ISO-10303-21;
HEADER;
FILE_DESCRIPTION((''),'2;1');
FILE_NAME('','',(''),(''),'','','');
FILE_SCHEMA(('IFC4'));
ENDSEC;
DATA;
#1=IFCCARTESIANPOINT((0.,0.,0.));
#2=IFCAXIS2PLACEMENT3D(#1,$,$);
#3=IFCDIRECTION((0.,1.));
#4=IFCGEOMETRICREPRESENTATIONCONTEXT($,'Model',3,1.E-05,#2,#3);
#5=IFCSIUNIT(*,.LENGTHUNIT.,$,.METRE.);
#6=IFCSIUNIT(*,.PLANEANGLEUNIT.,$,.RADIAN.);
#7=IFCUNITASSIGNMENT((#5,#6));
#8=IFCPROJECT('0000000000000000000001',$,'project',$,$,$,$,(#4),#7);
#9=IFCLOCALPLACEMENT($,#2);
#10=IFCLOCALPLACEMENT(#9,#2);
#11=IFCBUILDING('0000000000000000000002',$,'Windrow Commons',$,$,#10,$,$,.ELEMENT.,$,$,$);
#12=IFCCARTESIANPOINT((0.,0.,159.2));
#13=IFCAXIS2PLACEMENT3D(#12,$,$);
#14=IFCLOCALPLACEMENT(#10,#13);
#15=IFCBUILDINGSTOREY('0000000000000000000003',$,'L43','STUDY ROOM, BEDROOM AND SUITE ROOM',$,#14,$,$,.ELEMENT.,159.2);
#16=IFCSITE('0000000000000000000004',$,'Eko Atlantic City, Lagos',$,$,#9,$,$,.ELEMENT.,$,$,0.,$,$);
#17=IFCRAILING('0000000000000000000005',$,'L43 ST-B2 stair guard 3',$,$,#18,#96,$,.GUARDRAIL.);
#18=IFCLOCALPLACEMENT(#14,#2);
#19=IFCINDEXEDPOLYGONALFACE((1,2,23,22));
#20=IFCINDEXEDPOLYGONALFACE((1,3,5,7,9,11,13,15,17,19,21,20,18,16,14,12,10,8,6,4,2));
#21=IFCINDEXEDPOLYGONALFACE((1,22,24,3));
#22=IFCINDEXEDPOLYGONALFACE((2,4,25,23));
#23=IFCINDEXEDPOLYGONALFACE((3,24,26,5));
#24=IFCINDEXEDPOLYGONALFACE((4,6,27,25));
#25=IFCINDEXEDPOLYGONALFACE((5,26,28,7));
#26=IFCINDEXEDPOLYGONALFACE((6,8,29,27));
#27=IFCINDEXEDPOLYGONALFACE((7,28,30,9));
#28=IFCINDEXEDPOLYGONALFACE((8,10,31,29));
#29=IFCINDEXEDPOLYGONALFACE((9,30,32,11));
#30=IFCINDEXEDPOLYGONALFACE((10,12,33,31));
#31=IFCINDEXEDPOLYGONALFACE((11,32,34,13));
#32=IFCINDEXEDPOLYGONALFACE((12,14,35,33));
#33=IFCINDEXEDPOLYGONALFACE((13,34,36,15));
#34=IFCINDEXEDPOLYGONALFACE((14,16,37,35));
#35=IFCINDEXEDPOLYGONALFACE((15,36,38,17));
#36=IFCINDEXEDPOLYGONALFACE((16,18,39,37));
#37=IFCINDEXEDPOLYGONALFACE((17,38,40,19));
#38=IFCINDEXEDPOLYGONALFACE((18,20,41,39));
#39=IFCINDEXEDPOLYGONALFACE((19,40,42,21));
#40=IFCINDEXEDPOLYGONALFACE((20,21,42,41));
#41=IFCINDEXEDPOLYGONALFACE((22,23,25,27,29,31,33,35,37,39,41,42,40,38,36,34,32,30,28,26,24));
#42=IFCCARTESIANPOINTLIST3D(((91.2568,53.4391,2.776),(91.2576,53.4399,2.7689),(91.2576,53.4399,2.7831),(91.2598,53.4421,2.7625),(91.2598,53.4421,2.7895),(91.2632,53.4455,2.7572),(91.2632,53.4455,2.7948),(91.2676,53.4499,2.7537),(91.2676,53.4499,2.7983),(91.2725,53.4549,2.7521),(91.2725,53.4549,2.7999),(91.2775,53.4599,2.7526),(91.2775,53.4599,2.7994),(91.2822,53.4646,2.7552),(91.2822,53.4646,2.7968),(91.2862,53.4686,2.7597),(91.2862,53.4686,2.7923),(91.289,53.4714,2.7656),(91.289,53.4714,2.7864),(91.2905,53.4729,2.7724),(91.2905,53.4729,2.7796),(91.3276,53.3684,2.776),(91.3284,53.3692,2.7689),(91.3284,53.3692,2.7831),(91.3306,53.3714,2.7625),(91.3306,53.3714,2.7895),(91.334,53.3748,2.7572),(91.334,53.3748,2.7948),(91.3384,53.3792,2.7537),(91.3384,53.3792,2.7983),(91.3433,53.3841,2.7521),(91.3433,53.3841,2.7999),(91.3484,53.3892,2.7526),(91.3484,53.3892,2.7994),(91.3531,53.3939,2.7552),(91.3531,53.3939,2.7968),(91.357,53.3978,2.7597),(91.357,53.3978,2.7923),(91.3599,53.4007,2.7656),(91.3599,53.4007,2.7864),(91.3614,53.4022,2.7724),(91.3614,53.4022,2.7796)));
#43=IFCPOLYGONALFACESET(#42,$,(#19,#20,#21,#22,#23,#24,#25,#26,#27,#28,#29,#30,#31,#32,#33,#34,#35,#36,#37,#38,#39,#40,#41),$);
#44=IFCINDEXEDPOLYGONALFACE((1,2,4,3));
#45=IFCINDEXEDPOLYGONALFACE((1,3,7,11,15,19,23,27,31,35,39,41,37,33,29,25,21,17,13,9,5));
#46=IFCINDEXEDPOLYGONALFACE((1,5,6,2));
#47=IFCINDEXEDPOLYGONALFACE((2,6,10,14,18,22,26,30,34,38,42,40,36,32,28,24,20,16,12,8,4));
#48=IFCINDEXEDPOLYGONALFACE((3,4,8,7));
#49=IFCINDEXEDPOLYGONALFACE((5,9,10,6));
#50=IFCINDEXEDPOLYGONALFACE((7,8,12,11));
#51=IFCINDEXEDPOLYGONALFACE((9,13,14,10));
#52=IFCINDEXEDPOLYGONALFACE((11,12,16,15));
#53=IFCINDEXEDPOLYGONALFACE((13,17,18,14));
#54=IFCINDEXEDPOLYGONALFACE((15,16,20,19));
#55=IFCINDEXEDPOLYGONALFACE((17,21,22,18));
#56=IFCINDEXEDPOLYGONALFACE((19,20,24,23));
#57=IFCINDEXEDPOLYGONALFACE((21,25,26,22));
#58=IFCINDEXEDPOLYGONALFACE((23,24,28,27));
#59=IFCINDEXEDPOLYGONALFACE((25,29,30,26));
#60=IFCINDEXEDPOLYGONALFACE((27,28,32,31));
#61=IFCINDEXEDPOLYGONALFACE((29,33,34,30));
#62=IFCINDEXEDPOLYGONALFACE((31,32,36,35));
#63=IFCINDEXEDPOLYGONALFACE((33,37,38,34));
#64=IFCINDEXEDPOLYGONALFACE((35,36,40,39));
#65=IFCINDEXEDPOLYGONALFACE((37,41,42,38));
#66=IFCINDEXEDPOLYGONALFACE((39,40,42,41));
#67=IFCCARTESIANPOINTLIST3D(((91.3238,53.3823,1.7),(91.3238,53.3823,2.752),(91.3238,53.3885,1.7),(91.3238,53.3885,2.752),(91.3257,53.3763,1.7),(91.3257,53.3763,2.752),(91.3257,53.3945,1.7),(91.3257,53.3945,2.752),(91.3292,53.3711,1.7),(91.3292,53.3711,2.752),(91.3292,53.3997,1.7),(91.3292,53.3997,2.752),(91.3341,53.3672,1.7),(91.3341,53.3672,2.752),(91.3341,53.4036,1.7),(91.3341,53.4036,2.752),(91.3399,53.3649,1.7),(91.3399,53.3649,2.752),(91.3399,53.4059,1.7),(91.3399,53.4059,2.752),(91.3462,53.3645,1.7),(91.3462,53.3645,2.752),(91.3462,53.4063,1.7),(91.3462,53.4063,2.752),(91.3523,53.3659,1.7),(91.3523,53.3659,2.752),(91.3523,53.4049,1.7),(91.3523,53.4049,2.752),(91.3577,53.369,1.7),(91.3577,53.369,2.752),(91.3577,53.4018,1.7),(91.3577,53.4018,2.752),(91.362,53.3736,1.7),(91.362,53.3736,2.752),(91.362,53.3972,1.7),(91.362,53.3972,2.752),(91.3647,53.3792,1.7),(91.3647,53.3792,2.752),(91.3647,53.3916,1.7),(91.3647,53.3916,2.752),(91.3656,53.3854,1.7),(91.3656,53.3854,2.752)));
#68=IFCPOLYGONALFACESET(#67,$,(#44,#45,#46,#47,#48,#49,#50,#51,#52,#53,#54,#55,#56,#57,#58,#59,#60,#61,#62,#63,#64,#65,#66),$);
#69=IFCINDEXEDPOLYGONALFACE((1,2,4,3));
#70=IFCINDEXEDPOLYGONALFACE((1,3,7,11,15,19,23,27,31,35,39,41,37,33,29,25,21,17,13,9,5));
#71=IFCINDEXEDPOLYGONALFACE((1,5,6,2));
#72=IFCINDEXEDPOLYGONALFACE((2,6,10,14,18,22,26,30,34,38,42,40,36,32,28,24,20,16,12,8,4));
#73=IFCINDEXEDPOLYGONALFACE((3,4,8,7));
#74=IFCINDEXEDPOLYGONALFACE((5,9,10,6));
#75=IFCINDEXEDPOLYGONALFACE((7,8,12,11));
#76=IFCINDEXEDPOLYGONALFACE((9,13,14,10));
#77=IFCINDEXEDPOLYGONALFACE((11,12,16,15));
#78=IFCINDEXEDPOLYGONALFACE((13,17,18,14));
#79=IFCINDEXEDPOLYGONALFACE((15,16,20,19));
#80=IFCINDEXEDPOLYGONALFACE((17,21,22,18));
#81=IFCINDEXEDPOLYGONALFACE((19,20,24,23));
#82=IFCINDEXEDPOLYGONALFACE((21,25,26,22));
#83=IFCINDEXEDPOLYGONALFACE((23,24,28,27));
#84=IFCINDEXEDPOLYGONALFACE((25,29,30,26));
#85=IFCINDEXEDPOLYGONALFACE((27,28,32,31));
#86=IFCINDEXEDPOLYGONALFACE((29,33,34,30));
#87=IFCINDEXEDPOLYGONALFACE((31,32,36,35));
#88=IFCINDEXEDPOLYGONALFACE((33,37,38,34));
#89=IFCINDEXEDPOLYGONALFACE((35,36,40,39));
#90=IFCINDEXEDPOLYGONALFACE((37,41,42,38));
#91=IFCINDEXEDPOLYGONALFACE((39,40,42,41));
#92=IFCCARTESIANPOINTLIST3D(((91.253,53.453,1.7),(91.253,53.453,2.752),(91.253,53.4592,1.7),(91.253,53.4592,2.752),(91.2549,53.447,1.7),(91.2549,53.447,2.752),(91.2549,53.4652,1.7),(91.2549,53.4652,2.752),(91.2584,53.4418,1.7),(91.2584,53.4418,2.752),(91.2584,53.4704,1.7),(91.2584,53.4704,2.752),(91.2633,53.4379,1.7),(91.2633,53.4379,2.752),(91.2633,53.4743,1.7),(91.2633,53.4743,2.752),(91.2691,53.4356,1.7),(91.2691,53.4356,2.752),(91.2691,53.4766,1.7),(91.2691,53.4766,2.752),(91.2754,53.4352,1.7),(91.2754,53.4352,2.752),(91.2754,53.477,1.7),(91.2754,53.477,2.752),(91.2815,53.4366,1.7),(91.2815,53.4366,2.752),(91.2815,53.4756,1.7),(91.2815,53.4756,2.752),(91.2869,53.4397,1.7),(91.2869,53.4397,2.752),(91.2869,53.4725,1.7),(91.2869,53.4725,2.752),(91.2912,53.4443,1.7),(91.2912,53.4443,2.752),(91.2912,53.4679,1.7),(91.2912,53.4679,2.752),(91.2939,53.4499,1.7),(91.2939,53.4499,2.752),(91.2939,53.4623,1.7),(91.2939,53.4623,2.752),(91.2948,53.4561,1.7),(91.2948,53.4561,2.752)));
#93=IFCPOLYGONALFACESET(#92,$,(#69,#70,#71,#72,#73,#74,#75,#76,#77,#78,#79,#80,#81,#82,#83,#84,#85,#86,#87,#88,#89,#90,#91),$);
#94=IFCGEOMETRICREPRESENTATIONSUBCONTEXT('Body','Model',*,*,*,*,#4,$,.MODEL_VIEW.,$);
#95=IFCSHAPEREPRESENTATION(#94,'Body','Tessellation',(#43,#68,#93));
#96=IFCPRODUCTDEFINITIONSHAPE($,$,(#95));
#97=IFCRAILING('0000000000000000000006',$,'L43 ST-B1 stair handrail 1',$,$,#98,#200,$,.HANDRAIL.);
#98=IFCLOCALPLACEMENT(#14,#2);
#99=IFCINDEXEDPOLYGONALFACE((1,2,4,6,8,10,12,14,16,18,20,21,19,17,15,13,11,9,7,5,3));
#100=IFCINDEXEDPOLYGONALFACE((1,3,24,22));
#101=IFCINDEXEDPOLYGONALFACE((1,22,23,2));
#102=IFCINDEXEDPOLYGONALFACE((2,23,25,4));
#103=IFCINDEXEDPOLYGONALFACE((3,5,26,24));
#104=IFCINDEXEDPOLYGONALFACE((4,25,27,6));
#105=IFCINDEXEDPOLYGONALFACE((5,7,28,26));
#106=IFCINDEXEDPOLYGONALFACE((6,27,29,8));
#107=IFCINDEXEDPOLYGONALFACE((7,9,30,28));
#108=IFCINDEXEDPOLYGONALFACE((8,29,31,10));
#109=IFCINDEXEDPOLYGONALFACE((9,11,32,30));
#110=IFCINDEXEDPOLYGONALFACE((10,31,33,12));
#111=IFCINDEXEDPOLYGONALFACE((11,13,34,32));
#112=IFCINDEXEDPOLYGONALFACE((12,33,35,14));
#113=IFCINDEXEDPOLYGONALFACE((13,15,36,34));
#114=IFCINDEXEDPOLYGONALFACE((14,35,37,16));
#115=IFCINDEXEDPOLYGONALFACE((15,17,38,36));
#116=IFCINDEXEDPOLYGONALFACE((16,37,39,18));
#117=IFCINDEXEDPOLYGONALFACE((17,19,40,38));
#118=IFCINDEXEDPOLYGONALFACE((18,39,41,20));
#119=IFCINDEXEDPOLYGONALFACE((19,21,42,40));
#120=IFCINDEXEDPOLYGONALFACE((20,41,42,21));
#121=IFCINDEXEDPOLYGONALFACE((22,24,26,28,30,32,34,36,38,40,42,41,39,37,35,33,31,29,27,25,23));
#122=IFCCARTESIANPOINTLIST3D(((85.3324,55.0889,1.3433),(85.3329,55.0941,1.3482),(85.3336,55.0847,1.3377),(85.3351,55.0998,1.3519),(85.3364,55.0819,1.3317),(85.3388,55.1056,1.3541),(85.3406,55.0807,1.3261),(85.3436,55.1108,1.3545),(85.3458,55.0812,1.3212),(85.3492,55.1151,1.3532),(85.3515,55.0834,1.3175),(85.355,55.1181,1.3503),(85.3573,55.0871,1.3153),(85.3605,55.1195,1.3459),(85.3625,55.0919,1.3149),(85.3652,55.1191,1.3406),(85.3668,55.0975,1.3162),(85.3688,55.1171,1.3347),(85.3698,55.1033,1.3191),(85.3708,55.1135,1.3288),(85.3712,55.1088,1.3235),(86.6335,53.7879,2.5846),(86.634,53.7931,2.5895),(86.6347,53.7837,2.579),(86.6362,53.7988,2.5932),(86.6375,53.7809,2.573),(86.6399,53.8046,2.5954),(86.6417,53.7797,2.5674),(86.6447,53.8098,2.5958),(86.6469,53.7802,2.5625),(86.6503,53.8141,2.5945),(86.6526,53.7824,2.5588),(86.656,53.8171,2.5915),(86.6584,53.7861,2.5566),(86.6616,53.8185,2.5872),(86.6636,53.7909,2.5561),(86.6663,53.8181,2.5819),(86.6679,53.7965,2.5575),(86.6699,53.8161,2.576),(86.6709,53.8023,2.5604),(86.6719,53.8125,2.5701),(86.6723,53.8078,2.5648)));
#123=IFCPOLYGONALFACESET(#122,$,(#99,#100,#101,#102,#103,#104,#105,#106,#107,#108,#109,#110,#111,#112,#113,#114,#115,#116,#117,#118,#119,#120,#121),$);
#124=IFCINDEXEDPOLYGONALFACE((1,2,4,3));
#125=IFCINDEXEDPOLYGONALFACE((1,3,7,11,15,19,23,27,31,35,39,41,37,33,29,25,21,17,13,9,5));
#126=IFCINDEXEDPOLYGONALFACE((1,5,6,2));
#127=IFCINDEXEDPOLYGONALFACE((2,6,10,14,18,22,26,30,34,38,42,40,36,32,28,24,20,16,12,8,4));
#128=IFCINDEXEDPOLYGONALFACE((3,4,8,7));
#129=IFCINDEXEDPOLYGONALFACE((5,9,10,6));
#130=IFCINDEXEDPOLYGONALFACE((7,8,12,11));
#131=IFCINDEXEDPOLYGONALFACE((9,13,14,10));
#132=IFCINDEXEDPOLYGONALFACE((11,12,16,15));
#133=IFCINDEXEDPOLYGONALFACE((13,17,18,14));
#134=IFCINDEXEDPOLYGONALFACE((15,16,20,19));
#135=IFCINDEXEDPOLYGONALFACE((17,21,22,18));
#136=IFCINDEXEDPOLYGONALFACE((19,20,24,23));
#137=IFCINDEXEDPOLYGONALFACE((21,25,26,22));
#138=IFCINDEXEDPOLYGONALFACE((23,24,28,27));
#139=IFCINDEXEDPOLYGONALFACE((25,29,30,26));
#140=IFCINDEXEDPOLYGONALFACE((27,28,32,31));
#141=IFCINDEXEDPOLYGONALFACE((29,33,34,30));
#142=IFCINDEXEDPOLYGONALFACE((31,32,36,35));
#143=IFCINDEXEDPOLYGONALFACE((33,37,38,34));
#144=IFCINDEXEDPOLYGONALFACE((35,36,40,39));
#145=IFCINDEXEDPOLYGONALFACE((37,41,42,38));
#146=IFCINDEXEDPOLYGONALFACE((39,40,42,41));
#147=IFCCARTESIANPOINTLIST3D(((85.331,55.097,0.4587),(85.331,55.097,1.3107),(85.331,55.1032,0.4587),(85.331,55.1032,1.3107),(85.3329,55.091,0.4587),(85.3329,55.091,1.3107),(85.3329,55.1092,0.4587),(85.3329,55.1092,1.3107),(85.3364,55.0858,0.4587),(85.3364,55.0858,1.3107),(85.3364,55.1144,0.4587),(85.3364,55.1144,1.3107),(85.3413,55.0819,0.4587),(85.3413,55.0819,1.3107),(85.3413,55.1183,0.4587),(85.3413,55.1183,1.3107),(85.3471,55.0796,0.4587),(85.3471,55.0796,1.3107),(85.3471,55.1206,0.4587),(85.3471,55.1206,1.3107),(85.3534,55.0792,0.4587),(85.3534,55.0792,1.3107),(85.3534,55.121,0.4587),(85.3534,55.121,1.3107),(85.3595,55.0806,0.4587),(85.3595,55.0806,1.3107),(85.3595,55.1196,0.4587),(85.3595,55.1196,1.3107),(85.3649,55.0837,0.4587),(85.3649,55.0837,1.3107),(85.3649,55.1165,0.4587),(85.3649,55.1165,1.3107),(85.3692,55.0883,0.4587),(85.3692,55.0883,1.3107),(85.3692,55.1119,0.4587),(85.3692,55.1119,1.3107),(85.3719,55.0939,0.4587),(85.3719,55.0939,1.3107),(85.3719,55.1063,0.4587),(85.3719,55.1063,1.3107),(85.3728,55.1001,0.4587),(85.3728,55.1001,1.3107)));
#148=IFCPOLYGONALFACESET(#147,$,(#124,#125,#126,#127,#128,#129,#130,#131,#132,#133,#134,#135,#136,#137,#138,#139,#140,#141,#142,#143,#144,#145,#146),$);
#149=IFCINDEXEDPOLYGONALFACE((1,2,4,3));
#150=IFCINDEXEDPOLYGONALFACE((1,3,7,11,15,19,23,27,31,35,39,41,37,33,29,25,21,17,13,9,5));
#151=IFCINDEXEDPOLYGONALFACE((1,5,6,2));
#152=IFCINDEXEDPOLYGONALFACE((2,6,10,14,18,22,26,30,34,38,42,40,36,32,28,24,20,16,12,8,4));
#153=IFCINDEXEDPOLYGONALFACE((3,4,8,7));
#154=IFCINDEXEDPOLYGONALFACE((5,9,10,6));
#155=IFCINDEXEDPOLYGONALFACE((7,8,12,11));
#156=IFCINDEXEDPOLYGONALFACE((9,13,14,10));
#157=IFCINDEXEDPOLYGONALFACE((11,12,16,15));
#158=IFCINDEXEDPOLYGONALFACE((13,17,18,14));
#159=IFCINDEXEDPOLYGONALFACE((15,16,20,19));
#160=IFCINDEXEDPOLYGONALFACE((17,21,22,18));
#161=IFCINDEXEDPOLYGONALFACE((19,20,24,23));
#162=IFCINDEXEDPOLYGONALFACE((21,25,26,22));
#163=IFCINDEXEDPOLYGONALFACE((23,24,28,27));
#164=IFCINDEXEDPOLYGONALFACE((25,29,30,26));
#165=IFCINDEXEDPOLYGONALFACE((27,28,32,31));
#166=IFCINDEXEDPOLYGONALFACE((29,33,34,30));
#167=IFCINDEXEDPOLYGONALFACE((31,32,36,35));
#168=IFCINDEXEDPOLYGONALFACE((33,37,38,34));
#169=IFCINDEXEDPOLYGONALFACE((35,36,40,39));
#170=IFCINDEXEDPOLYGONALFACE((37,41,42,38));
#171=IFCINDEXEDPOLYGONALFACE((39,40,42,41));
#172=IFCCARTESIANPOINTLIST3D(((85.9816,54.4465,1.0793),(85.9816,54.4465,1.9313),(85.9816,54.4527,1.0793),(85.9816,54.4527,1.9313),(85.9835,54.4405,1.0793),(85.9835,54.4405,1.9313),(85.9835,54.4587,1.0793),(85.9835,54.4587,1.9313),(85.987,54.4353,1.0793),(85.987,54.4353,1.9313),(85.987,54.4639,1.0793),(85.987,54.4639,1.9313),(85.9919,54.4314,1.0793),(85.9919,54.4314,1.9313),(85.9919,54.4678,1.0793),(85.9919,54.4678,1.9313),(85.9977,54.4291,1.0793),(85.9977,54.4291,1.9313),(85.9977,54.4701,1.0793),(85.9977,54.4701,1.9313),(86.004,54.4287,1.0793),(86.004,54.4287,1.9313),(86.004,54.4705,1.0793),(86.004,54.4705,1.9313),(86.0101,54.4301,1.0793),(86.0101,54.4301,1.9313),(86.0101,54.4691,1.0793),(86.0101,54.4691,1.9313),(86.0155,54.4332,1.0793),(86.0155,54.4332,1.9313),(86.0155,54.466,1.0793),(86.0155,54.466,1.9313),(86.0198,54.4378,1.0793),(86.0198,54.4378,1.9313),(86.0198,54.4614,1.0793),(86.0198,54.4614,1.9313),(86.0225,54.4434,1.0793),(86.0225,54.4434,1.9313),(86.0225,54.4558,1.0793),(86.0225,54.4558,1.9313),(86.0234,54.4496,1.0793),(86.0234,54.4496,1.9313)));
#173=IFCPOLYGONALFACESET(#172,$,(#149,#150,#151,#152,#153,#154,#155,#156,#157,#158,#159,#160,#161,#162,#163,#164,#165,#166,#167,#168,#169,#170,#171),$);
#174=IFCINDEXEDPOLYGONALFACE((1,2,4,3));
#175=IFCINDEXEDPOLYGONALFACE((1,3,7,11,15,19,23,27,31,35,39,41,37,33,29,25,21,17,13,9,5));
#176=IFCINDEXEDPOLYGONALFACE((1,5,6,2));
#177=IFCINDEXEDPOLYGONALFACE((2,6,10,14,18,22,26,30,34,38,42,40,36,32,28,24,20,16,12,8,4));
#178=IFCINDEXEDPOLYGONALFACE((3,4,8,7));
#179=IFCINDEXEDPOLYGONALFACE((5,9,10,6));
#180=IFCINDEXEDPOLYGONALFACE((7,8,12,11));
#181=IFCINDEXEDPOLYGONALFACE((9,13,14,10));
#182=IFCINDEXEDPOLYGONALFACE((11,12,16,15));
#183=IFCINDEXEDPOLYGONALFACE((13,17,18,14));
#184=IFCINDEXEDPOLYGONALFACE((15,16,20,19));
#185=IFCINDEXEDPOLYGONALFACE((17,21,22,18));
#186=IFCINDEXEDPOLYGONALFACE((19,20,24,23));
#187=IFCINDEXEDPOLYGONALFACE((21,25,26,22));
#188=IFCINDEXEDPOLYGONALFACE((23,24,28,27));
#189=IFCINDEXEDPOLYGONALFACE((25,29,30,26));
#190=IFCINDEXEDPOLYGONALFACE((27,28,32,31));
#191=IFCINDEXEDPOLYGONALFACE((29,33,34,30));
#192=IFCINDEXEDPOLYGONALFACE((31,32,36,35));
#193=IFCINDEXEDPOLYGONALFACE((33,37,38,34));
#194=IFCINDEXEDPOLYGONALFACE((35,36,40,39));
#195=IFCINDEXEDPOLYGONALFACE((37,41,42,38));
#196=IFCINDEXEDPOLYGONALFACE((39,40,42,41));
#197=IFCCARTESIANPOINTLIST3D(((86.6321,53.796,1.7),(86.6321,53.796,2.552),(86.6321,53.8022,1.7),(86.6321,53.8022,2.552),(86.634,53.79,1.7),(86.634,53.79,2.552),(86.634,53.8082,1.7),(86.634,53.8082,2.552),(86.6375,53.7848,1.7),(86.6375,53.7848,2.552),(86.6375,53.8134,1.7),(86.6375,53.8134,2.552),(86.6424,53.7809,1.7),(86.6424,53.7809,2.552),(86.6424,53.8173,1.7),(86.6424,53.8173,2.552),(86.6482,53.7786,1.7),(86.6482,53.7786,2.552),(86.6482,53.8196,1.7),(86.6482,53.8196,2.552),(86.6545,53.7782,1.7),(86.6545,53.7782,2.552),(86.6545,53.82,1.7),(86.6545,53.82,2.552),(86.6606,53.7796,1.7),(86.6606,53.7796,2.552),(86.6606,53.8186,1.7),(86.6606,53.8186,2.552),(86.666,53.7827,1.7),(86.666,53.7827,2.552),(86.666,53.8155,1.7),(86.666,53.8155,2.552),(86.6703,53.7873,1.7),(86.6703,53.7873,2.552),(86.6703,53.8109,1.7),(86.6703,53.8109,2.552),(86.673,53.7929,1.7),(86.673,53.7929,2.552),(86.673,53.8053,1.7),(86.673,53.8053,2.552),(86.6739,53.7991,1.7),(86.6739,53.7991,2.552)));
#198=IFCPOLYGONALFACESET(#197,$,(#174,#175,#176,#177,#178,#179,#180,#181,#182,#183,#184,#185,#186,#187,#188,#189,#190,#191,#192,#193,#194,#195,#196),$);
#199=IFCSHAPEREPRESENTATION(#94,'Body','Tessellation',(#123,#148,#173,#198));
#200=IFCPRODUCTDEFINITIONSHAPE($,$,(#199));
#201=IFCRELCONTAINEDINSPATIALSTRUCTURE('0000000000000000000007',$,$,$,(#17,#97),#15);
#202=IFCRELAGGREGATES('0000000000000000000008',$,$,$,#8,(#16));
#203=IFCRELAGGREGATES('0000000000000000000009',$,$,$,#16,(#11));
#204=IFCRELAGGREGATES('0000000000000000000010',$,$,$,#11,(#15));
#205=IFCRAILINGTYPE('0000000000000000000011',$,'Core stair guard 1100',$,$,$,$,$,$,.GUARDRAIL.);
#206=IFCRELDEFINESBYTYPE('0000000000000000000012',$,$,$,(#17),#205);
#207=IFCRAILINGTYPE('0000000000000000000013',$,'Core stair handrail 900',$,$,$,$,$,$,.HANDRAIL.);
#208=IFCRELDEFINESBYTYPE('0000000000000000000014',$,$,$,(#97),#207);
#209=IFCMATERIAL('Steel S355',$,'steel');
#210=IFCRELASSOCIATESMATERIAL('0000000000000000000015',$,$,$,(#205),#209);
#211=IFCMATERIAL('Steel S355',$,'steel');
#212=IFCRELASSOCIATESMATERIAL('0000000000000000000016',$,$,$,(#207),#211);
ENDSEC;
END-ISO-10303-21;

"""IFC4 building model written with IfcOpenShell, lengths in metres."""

from ifc_helpers import new_model, si_unit, direction, frame, origin, origin_2d, place, context, subcontext, project, spatial, circle, extrude, material, type_object, element, save


model = new_model("IFC4")

# Units and contexts
model_context = context("Model", 3, precision=1e-05, world=origin(), true_north=direction((0.0, 1.0)))
body_context = subcontext(model_context, "Body", "Model", "MODEL_VIEW")
ifc_project = project(units=[si_unit("LENGTHUNIT", "METRE"), si_unit("PLANEANGLEUNIT", "RADIAN")], contexts=[model_context])

# Site, building, storey
site_placement = place(None, origin())
site = spatial("IfcSite", under=ifc_project, at=site_placement, Name="Eko Atlantic City, Lagos", CompositionType="ELEMENT", RefElevation=0.0)
building_placement = place(site_placement, origin())
building = spatial("IfcBuilding", under=site, at=building_placement, Name="Windrow Commons", CompositionType="ELEMENT")
storey_placement = place(building_placement, frame((0.0, 0.0, 159.2)))
storey = spatial("IfcBuildingStorey", under=building, at=storey_placement, Name="L43", Description="STUDY ROOM, BEDROOM AND SUITE ROOM", CompositionType="ELEMENT", Elevation=159.2)

# Railings
ifc_material_1 = material(Name="Steel S355", Category="steel")
railing_type_1 = type_object("IfcRailingType", Name="Core stair guard 1100", PredefinedType="GUARDRAIL", material=ifc_material_1)
railing_1_placement = place(storey_placement, frame((91.3446, 53.3854, 1.7)))
element("IfcRailing", 1, at=railing_1_placement, inside=storey, type_object=railing_type_1, Name="L43 ST-B2 stair guard 3", PredefinedType="GUARDRAIL", context=body_context, shape_type="SweptSolid", body=[
    extrude(circle(Radius=0.024, at=origin_2d()), frame((0.0, 0.0, 1.076), z_axis=(-0.707606, 0.706607, 0.0), x_axis=(-0.706607, -0.707606, 0.0)), (0.0, 0.0, 1.0), 0.1001),
    extrude(circle(Radius=0.021, at=origin_2d()), origin(), (0.0, 0.0, 1.0), 1.052),
    extrude(circle(Radius=0.021, at=origin_2d()), frame((-0.0708, 0.0707, 0.0)), (0.0, 0.0, 1.0), 1.052),
])
ifc_material_2 = material(Name="Steel S355", Category="steel")
railing_type_2 = type_object("IfcRailingType", Name="Core stair handrail 900", PredefinedType="HANDRAIL", material=ifc_material_2)
railing_2_placement = place(storey_placement, frame((85.3518, 55.1001, 0.4587)))
element("IfcRailing", 2, at=railing_2_placement, inside=storey, type_object=railing_type_2, Name="L43 ST-B1 stair handrail 1", PredefinedType="HANDRAIL", context=body_context, shape_type="SweptSolid", body=[
    extrude(circle(Radius=0.024, at=origin_2d()), frame((0.0, 0.0, 0.876), z_axis=(0.586207, -0.586162, 0.559264), x_axis=(0.70708, 0.707134, 0.0)), (0.0, 0.0, 1.0), 2.2195),
    extrude(circle(Radius=0.021, at=origin_2d()), origin(), (0.0, 0.0, 1.0), 0.852),
    extrude(circle(Radius=0.021, at=origin_2d()), frame((0.6506, -0.6505, 0.6206)), (0.0, 0.0, 1.0), 0.852),
    extrude(circle(Radius=0.021, at=origin_2d()), frame((1.3011, -1.301, 1.2413)), (0.0, 0.0, 1.0), 0.852),
])

save(model, "model.ifc")
